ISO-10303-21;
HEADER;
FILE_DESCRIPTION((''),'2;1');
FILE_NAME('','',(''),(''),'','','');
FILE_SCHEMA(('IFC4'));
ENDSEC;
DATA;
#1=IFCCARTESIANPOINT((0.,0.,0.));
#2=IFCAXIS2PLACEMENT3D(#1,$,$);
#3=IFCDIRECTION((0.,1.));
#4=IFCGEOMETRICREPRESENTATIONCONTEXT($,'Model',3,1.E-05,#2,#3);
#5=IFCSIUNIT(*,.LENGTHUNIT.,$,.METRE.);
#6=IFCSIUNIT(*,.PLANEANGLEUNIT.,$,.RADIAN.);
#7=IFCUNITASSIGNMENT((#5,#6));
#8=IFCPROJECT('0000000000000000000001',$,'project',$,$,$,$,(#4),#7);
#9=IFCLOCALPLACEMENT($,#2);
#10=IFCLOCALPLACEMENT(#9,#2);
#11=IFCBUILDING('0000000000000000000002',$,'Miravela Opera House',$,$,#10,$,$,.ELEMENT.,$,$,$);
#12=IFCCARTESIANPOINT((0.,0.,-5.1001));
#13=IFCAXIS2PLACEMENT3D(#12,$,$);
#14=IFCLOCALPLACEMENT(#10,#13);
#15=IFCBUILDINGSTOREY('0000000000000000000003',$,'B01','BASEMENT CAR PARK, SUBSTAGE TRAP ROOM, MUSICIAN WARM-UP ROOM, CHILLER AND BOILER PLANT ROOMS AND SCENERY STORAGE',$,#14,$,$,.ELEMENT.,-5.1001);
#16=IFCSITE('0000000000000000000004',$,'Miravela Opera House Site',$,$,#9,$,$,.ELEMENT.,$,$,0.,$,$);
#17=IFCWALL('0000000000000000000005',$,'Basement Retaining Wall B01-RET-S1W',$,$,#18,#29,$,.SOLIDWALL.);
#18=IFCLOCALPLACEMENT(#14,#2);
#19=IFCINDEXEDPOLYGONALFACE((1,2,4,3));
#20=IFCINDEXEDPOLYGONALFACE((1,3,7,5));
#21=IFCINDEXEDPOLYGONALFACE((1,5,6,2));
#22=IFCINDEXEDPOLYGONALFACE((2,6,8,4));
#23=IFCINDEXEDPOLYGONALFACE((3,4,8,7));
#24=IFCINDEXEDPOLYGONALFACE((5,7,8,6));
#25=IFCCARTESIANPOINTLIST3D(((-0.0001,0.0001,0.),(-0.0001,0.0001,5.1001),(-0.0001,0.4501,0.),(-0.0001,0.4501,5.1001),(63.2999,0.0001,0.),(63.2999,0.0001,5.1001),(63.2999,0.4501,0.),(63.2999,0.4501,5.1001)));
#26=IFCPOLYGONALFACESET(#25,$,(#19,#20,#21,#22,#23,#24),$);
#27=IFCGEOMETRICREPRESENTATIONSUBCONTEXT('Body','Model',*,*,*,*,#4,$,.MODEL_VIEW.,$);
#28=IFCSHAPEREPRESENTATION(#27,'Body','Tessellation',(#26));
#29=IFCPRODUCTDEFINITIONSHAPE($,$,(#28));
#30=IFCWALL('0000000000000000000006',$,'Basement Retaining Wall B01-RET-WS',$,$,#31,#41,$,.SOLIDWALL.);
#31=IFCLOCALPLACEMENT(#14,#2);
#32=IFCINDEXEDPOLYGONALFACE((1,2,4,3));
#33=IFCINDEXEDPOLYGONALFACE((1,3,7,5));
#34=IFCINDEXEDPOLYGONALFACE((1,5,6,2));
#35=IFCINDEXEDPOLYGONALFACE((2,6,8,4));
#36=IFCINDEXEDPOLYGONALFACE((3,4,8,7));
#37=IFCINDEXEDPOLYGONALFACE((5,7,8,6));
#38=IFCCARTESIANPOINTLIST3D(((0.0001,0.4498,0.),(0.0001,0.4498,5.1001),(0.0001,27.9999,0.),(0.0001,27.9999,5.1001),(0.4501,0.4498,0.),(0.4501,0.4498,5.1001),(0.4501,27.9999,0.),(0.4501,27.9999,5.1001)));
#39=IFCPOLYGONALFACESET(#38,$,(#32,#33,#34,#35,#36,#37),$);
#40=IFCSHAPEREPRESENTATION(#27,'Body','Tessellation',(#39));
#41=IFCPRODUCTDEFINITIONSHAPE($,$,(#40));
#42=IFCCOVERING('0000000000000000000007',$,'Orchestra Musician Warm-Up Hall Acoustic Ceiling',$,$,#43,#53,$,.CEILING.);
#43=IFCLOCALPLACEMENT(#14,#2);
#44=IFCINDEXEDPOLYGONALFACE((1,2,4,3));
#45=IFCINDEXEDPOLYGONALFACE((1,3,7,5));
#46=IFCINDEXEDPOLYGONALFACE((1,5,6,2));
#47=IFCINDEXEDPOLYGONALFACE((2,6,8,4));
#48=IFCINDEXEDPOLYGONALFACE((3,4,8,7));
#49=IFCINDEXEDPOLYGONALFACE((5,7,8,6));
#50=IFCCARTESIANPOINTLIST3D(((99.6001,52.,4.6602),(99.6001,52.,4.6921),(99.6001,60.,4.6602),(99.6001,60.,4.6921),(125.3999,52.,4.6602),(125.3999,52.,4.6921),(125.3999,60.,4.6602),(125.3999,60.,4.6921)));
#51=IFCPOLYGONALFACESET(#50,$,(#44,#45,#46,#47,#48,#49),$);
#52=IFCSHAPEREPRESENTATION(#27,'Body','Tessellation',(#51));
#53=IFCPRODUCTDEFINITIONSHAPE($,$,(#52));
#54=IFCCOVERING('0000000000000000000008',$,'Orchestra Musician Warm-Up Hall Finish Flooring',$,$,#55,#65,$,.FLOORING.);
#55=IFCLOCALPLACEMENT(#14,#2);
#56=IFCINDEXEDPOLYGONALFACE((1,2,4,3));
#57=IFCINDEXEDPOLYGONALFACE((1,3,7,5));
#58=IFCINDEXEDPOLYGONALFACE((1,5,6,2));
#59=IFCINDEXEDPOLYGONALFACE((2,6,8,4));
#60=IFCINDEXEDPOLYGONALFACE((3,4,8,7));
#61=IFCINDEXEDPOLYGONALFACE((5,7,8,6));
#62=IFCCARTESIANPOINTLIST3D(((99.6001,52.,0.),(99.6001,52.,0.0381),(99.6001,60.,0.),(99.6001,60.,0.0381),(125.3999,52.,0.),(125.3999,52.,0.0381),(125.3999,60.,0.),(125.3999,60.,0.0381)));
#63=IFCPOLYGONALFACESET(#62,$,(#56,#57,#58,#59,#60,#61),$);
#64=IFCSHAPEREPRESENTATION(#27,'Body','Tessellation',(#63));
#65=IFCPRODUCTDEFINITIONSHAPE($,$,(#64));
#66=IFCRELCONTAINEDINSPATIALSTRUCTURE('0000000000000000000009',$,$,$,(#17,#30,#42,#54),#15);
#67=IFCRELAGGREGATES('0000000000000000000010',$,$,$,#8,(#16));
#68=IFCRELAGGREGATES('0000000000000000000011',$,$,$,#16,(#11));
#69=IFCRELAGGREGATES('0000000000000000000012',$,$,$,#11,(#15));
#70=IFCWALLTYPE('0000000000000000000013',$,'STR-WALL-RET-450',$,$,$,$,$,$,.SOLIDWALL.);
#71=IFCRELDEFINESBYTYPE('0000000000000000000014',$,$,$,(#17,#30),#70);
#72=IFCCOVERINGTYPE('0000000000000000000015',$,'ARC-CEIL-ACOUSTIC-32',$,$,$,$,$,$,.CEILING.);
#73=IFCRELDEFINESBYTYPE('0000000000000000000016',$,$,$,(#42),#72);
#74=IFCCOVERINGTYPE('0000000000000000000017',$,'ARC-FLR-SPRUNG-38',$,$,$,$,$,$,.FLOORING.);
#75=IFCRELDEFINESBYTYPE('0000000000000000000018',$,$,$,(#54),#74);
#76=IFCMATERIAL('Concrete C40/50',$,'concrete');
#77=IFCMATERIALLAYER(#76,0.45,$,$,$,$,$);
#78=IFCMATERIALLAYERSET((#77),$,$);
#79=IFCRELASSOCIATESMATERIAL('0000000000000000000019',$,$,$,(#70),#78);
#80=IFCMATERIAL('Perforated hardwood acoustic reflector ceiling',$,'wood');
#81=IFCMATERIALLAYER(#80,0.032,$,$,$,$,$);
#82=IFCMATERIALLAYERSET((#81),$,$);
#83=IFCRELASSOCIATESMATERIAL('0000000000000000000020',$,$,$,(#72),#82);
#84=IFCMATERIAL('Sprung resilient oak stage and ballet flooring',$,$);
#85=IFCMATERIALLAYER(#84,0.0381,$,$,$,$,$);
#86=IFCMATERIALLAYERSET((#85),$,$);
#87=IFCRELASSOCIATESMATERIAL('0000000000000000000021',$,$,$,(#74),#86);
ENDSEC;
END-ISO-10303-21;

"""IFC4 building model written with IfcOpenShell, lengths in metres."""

from ifc_helpers import new_model, si_unit, direction, frame, frame_2d, origin, place, context, subcontext, project, spatial, polyline, rectangle, outline, extrude, material, layer, layer_set, type_object, element, save


model = new_model("IFC4")

# Units and contexts
model_context = context("Model", 3, precision=1e-05, world=origin(), true_north=direction((0.0, 1.0)))
body_context = subcontext(model_context, "Body", "Model", "MODEL_VIEW")
ifc_project = project(units=[si_unit("LENGTHUNIT", "METRE"), si_unit("PLANEANGLEUNIT", "RADIAN")], contexts=[model_context])

# Site, building, storey
site_placement = place(None, origin())
site = spatial("IfcSite", under=ifc_project, at=site_placement, Name="Miravela Opera House Site", CompositionType="ELEMENT", RefElevation=0.0)
building_placement = place(site_placement, origin())
building = spatial("IfcBuilding", under=site, at=building_placement, Name="Miravela Opera House", CompositionType="ELEMENT")
storey_placement = place(building_placement, frame((0.0, 0.0, -5.1001)))
storey = spatial("IfcBuildingStorey", under=building, at=storey_placement, Name="B01", Description="BASEMENT CAR PARK, SUBSTAGE TRAP ROOM, MUSICIAN WARM-UP ROOM, CHILLER AND BOILER PLANT ROOMS AND SCENERY STORAGE", CompositionType="ELEMENT", Elevation=-5.1001)

# Shared definitions
ifc_material_1 = material(Name="Concrete C40/50", Category="concrete")

# Walls
ifc_layer_1 = layer(ifc_material_1, 0.45)
ifc_layer_set_1 = layer_set([ifc_layer_1])
wall_type = type_object("IfcWallType", Name="STR-WALL-RET-450", PredefinedType="SOLIDWALL", material=ifc_layer_set_1)
wall_1_placement = place(storey_placement, frame((0.0, 0.2251, 0.0), z_axis=(0.0, 0.0, 1.0), x_axis=(1.0, 0.0, 0.0)))
element("IfcWall", 1, at=wall_1_placement, inside=storey, type_object=wall_type, Name="Basement Retaining Wall B01-RET-S1W", PredefinedType="SOLIDWALL", context=body_context, shape_type="SweptSolid", body=[
    extrude(rectangle(XDim=63.3, YDim=0.45, at=frame_2d((31.6499, 0.0))), origin(), (0.0, 0.0, 1.0), 5.1001),
])
wall_2_placement = place(storey_placement, frame((0.2251, 0.45, 0.0), z_axis=(0.0, 0.0, 1.0), x_axis=(0.0, 1.0, 0.0)))
element("IfcWall", 2, at=wall_2_placement, inside=storey, type_object=wall_type, Name="Basement Retaining Wall B01-RET-WS", PredefinedType="SOLIDWALL", context=body_context, shape_type="SweptSolid", body=[
    extrude(rectangle(XDim=27.55, YDim=0.45, at=frame_2d((13.7749, 0.0))), origin(), (0.0, 0.0, 1.0), 5.1001),
])

# Coverings
ifc_material_2 = material(Name="Perforated hardwood acoustic reflector ceiling", Category="wood")
ifc_layer_2 = layer(ifc_material_2, 0.032)
ifc_layer_set_2 = layer_set([ifc_layer_2])
covering_type_1 = type_object("IfcCoveringType", Name="ARC-CEIL-ACOUSTIC-32", PredefinedType="CEILING", material=ifc_layer_set_2)
covering_1_placement = place(storey_placement, frame((0.0, 0.0, 4.6602)))
element("IfcCovering", 3, at=covering_1_placement, inside=storey, type_object=covering_type_1, Name="Orchestra Musician Warm-Up Hall Acoustic Ceiling", PredefinedType="CEILING", context=body_context, shape_type="SweptSolid", body=[
    extrude(outline(polyline([(99.6001, 52.0), (125.3999, 52.0), (125.3999, 60.0), (99.6001, 60.0), (99.6001, 52.0)])), origin(), (0.0, 0.0, 1.0), 0.032),
])
ifc_material_3 = material(Name="Sprung resilient oak stage and ballet flooring")
ifc_layer_3 = layer(ifc_material_3, 0.0381)
ifc_layer_set_3 = layer_set([ifc_layer_3])
covering_type_2 = type_object("IfcCoveringType", Name="ARC-FLR-SPRUNG-38", PredefinedType="FLOORING", material=ifc_layer_set_3)
covering_2_placement = place(storey_placement, origin())
element("IfcCovering", 4, at=covering_2_placement, inside=storey, type_object=covering_type_2, Name="Orchestra Musician Warm-Up Hall Finish Flooring", PredefinedType="FLOORING", context=body_context, shape_type="SweptSolid", body=[
    extrude(outline(polyline([(99.6001, 52.0), (125.3999, 52.0), (125.3999, 60.0), (99.6001, 60.0), (99.6001, 52.0)])), origin(), (0.0, 0.0, 1.0), 0.0381),
])

save(model, "model.ifc")
